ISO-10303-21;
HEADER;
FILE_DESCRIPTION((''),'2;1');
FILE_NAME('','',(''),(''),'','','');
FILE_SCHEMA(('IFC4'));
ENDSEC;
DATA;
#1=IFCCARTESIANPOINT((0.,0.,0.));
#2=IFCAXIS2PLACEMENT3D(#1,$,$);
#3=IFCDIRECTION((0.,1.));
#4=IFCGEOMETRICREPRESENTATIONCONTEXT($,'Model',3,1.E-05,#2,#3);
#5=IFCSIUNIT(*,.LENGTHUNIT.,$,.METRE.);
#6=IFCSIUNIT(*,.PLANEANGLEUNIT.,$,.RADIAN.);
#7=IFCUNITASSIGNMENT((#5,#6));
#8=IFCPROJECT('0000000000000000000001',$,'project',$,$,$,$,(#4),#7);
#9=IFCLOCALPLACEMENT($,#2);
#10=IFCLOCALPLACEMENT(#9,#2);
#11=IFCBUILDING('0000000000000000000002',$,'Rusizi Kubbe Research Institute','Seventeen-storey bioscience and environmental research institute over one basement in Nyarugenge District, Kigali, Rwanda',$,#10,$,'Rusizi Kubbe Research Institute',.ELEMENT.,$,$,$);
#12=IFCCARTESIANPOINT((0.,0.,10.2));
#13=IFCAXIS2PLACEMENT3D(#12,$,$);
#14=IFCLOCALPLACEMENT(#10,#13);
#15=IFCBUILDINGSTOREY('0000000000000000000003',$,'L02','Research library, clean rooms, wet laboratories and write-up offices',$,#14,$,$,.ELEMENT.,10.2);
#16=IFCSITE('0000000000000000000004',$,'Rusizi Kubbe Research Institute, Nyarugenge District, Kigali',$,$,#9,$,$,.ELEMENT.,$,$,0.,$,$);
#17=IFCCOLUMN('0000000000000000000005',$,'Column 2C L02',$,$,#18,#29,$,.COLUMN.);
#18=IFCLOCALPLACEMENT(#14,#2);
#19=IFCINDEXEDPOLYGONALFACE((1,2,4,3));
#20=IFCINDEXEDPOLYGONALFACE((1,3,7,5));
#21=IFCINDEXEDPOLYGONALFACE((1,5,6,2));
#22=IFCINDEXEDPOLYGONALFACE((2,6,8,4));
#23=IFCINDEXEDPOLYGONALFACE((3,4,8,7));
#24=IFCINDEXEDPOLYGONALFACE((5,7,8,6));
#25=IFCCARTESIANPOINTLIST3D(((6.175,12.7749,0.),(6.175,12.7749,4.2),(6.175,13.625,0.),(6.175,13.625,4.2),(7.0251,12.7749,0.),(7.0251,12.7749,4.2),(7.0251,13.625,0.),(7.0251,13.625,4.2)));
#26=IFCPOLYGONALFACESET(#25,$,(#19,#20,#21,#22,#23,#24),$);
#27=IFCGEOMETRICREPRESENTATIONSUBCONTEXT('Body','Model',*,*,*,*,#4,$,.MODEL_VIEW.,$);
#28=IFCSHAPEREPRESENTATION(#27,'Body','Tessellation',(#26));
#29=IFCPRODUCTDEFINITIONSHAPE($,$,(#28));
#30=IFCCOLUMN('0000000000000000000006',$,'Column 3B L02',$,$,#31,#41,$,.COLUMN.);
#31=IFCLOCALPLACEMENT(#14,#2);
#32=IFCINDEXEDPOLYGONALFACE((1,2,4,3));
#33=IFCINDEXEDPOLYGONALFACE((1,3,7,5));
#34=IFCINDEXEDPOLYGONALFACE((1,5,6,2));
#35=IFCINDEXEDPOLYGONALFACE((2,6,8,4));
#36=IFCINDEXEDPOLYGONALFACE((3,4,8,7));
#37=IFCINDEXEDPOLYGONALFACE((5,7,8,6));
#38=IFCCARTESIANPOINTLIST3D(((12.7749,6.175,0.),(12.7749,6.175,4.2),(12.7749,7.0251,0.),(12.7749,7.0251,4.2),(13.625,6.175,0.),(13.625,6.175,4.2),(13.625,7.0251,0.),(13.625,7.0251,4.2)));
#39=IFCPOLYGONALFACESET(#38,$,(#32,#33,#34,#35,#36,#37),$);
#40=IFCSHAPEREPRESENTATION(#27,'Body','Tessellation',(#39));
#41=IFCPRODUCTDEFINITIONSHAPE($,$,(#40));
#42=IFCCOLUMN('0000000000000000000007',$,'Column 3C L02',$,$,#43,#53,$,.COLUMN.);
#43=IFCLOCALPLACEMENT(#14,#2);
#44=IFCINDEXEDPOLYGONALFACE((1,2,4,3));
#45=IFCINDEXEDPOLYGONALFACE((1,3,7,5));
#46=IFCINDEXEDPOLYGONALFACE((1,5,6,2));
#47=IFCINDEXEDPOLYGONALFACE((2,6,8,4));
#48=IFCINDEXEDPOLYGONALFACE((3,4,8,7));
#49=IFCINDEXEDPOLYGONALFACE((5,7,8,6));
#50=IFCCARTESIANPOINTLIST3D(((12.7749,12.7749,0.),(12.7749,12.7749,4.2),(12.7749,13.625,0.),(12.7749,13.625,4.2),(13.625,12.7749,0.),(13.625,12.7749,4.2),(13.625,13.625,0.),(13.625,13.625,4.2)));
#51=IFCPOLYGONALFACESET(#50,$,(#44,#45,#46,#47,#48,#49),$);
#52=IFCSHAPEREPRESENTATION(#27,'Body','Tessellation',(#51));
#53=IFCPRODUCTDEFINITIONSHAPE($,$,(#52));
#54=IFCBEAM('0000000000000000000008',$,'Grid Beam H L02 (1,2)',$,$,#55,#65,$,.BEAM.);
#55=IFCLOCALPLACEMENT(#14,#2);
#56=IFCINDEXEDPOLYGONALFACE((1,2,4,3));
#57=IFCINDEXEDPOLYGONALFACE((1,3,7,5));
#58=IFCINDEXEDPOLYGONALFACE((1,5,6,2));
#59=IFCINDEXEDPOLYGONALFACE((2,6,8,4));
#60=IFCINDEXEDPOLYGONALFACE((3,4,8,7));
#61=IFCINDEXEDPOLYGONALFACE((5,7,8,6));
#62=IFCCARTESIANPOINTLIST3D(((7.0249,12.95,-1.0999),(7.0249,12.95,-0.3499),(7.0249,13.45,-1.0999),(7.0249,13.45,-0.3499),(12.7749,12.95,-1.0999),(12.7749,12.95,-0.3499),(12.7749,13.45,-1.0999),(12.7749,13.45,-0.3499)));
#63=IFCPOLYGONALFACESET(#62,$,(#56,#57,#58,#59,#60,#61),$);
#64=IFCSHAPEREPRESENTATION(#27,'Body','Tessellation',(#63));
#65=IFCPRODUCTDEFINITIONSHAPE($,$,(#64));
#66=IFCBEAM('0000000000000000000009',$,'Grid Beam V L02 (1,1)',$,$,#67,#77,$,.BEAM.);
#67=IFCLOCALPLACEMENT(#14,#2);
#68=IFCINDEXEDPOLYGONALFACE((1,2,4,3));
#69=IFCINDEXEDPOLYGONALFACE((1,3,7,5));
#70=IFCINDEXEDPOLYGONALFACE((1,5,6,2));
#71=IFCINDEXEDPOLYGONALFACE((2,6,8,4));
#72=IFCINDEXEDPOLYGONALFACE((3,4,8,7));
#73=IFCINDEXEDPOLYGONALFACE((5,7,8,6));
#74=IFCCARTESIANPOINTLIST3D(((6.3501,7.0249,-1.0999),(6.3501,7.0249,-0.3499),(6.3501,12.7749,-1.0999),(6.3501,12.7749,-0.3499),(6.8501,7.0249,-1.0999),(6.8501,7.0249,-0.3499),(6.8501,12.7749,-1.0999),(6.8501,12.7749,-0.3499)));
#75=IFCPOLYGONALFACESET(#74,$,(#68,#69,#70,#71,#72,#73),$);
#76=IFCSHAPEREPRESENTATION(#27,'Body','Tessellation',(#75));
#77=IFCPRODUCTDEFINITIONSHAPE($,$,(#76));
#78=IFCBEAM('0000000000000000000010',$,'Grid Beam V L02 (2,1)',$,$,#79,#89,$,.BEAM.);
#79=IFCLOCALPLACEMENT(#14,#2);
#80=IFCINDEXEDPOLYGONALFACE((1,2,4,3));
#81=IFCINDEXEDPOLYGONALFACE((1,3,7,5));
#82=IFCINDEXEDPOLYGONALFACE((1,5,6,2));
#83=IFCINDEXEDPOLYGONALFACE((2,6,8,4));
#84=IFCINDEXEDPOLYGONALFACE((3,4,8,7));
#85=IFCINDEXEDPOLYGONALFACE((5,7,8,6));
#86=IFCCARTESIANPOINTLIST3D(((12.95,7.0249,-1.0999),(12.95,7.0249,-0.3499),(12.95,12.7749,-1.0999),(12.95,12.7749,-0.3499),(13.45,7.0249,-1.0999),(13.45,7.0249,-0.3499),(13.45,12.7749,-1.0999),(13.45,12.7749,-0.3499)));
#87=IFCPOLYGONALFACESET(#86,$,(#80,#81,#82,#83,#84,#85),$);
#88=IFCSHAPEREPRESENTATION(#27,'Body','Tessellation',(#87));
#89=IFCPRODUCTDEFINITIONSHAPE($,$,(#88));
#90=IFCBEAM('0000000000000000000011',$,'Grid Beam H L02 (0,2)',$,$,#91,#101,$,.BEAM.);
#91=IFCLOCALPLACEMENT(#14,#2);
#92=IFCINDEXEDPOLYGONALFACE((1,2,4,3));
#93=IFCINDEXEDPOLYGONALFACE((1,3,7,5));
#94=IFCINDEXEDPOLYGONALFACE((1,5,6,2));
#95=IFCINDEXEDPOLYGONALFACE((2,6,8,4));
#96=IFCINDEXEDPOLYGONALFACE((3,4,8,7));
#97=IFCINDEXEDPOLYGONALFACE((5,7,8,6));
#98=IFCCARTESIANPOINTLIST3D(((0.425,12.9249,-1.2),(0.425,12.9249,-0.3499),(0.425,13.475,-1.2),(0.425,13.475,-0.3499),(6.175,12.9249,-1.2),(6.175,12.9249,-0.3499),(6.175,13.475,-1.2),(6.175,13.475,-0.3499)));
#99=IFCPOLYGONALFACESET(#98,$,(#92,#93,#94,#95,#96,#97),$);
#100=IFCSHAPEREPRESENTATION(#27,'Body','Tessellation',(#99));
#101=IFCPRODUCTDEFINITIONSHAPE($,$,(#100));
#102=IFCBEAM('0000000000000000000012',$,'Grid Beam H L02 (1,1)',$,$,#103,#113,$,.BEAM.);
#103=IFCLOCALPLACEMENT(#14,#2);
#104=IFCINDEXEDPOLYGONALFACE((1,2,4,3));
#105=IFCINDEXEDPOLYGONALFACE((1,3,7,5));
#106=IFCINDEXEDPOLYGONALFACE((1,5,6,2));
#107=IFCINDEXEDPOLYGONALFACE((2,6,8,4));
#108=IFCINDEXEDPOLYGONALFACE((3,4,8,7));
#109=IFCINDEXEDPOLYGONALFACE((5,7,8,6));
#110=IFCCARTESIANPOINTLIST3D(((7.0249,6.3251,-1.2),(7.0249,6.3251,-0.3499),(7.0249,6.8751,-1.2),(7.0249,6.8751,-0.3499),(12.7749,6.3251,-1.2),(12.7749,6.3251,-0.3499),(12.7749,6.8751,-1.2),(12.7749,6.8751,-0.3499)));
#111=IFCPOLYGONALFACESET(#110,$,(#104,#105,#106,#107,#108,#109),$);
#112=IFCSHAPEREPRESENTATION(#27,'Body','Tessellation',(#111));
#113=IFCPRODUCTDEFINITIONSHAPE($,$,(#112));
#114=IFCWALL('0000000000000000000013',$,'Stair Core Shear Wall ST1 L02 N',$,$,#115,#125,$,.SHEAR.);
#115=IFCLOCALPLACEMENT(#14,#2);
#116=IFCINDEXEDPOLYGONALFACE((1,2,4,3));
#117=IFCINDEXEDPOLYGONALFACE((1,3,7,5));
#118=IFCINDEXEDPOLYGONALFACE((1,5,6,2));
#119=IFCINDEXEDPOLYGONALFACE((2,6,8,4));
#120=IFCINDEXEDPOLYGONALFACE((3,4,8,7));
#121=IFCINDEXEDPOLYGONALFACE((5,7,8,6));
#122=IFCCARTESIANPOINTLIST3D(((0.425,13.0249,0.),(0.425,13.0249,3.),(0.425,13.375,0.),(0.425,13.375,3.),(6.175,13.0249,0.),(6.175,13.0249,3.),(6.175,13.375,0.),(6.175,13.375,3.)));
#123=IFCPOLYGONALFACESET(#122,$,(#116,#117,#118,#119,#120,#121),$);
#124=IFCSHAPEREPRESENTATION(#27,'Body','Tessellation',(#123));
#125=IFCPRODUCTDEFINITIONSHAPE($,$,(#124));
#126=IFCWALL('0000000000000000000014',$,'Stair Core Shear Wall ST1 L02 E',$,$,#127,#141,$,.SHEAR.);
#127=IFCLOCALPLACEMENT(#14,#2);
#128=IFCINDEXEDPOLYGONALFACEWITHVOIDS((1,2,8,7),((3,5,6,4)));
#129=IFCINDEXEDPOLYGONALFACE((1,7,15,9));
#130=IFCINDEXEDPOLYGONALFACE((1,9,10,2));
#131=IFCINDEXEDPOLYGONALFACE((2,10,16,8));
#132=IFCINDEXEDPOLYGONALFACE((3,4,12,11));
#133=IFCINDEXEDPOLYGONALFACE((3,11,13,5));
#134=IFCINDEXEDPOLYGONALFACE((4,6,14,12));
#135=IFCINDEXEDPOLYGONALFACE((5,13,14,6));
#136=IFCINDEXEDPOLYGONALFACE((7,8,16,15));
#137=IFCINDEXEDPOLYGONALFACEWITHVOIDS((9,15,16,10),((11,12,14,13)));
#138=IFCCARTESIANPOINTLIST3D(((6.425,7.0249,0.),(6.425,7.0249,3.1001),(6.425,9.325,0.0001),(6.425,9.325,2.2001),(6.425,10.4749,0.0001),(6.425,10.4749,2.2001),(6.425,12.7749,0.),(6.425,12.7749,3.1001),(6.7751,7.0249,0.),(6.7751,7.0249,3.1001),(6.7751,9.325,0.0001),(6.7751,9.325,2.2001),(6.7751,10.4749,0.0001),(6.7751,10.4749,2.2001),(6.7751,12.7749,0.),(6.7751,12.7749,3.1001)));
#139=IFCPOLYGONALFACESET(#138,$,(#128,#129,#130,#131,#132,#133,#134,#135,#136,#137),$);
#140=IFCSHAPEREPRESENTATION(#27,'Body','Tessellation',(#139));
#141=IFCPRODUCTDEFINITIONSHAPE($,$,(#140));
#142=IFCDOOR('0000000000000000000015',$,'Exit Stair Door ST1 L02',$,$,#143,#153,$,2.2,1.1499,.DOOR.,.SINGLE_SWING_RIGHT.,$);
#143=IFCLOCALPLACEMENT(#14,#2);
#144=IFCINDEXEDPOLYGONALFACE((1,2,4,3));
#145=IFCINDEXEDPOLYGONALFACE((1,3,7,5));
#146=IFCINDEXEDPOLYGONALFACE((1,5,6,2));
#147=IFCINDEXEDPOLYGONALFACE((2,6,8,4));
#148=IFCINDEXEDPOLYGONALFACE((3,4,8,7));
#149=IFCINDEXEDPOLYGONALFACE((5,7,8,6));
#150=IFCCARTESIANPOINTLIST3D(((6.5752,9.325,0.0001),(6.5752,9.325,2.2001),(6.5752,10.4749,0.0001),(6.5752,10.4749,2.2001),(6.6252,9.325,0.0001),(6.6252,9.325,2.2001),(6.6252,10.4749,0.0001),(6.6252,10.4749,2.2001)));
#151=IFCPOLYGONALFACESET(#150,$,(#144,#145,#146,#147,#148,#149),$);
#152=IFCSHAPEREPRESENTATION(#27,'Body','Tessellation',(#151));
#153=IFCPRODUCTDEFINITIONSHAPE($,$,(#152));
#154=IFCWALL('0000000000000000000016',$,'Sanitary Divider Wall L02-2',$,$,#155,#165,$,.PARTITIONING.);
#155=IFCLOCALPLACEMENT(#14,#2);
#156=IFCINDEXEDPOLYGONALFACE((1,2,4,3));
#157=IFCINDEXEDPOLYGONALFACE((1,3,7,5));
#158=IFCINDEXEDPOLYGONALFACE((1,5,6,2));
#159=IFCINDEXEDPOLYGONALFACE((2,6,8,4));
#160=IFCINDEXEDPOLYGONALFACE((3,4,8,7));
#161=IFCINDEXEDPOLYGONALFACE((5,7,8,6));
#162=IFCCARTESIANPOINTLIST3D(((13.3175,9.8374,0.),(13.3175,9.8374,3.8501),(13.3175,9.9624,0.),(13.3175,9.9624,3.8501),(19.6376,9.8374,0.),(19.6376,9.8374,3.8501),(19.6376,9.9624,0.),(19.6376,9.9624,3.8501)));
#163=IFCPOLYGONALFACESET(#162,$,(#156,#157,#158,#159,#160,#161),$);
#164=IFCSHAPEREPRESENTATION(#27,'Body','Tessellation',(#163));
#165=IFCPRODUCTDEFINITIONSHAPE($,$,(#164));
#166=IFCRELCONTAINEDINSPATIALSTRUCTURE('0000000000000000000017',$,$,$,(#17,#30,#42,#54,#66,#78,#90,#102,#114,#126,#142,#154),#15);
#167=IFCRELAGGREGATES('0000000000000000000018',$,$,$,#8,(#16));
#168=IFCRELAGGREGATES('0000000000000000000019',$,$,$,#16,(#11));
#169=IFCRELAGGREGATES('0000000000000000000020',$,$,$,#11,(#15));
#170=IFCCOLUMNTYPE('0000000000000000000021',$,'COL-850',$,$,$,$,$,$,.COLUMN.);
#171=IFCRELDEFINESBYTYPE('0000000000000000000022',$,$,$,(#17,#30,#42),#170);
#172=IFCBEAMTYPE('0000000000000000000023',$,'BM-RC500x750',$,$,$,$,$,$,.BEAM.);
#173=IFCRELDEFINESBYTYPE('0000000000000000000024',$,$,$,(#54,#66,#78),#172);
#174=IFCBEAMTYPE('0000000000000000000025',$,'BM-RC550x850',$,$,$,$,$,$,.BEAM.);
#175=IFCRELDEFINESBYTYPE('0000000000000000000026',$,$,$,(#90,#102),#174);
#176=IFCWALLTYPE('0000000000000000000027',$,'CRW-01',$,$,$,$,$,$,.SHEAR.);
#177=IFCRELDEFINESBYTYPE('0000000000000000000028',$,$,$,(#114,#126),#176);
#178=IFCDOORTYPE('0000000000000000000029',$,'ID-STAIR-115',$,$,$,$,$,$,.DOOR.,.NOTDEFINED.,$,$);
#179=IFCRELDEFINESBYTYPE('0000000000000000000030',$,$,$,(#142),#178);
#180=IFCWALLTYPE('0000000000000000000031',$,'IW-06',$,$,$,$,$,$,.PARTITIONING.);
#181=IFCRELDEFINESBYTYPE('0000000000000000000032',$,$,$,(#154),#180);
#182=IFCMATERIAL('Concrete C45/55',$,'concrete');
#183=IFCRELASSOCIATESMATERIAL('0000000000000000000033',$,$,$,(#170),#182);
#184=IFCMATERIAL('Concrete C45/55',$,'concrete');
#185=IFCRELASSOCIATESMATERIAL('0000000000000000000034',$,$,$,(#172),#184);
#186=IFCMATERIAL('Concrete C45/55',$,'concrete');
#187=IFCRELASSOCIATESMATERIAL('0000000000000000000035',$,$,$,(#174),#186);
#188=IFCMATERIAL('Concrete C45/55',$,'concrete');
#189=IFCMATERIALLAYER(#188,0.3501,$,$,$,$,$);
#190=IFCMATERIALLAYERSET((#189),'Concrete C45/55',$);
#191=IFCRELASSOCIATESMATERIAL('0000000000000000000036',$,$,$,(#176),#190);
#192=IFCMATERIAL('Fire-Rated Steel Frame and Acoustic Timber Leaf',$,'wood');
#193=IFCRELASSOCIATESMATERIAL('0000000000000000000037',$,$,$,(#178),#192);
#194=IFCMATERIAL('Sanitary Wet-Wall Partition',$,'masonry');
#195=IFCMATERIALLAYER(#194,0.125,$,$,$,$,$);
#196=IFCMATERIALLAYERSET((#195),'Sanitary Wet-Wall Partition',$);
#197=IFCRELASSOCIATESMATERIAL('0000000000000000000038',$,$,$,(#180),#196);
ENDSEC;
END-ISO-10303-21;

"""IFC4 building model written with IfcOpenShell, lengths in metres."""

from ifc_helpers import new_model, si_unit, direction, frame, frame_2d, origin, origin_2d, place, context, subcontext, project, spatial, rectangle, extrude, material, layer, layer_set, material_profile, profile_set, type_object, element, fill, save


model = new_model("IFC4")

# Units and contexts
model_context = context("Model", 3, precision=1e-05, world=origin(), true_north=direction((0.0, 1.0)))
body_context = subcontext(model_context, "Body", "Model", "MODEL_VIEW")
ifc_project = project(units=[si_unit("LENGTHUNIT", "METRE"), si_unit("PLANEANGLEUNIT", "RADIAN")], contexts=[model_context])

# Site, building, storey
site_placement = place(None, origin())
site = spatial("IfcSite", under=ifc_project, at=site_placement, Name="Rusizi Kubbe Research Institute, Nyarugenge District, Kigali", CompositionType="ELEMENT", RefElevation=0.0)
building_placement = place(site_placement, origin())
building = spatial("IfcBuilding", under=site, at=building_placement, Name="Rusizi Kubbe Research Institute", Description="Seventeen-storey bioscience and environmental research institute over one basement in Nyarugenge District, Kigali, Rwanda", LongName="Rusizi Kubbe Research Institute", CompositionType="ELEMENT")
storey_placement = place(building_placement, frame((0.0, 0.0, 10.2)))
storey = spatial("IfcBuildingStorey", under=building, at=storey_placement, Name="L02", Description="Research library, clean rooms, wet laboratories and write-up offices", CompositionType="ELEMENT", Elevation=10.2)

# Columns
ifc_material_1 = material(Name="Concrete C45/55", Category="concrete")
ifc_material_profile_1 = material_profile(ifc_material_1, rectangle(XDim=0.8501, YDim=0.8501, at=origin_2d()), Name="RC850x850")
ifc_profile_set_1 = profile_set([ifc_material_profile_1], Name="Concrete C45/55")
column_type = type_object("IfcColumnType", Name="COL-850", PredefinedType="COLUMN", material=ifc_profile_set_1)
for number, where, z_axis, x_axis, name in (
    (1, (6.6001, 13.2, 0.0), (0.0, 0.0, 1.0), (1.0, 0.0, 0.0), "Column 2C L02"),
    (2, (13.2, 6.6001, 0.0), (0.0, 0.0, 1.0), (1.0, 0.0, 0.0), "Column 3B L02"),
    (3, (13.2, 13.2, 0.0), (0.0, 0.0, 1.0), (1.0, 0.0, 0.0), "Column 3C L02"),
):
    element("IfcColumn", number, at=place(storey_placement, frame(where, z_axis=z_axis, x_axis=x_axis)), inside=storey, type_object=column_type, Name=name, PredefinedType="COLUMN", context=body_context, shape_type="SweptSolid", body=[
        extrude(rectangle(XDim=0.8501, YDim=0.8501, at=origin_2d()), origin(), (0.0, 0.0, 1.0), 4.2),
    ])

# Beams
ifc_material_2 = material(Name="Concrete C45/55", Category="concrete")
ifc_material_profile_2 = material_profile(ifc_material_2, rectangle(XDim=0.5, YDim=0.75, at=origin_2d()), Name="RC500x750B")
ifc_profile_set_2 = profile_set([ifc_material_profile_2], Name="Concrete C45/55")
beam_type_1 = type_object("IfcBeamType", Name="BM-RC500x750", PredefinedType="BEAM", material=ifc_profile_set_2)
for number, where, z_axis, x_axis, name in (
    (4, (7.0249, 13.2, -0.7249), (1.0, 0.0, 0.0), (0.0, 1.0, 0.0), "Grid Beam H L02 (1,2)"),
    (5, (6.6001, 7.0249, -0.7249), (0.0, 1.0, 0.0), (-1.0, 0.0, 0.0), "Grid Beam V L02 (1,1)"),
    (6, (13.2, 7.0249, -0.7249), (0.0, 1.0, 0.0), (-1.0, 0.0, 0.0), "Grid Beam V L02 (2,1)"),
):
    element("IfcBeam", number, at=place(storey_placement, frame(where, z_axis=z_axis, x_axis=x_axis)), inside=storey, type_object=beam_type_1, Name=name, PredefinedType="BEAM", context=body_context, shape_type="SweptSolid", body=[
        extrude(rectangle(XDim=0.5, YDim=0.75, at=origin_2d()), origin(), (0.0, 0.0, 1.0), 5.75),
    ])
ifc_material_3 = material(Name="Concrete C45/55", Category="concrete")
ifc_material_profile_3 = material_profile(ifc_material_3, rectangle(XDim=0.55, YDim=0.8501, at=origin_2d()), Name="RC550x850")
ifc_profile_set_3 = profile_set([ifc_material_profile_3], Name="Concrete C45/55")
beam_type_2 = type_object("IfcBeamType", Name="BM-RC550x850", PredefinedType="BEAM", material=ifc_profile_set_3)
for number, where, z_axis, x_axis, name in (
    (7, (0.425, 13.2, -0.7749), (1.0, 0.0, 0.0), (0.0, 1.0, 0.0), "Grid Beam H L02 (0,2)"),
    (8, (7.0249, 6.6001, -0.7749), (1.0, 0.0, 0.0), (0.0, 1.0, 0.0), "Grid Beam H L02 (1,1)"),
):
    element("IfcBeam", number, at=place(storey_placement, frame(where, z_axis=z_axis, x_axis=x_axis)), inside=storey, type_object=beam_type_2, Name=name, PredefinedType="BEAM", context=body_context, shape_type="SweptSolid", body=[
        extrude(rectangle(XDim=0.55, YDim=0.8501, at=origin_2d()), origin(), (0.0, 0.0, 1.0), 5.75),
    ])

# Wall
ifc_material_4 = material(Name="Concrete C45/55", Category="concrete")
ifc_layer_1 = layer(ifc_material_4, 0.3501)
ifc_layer_set_1 = layer_set([ifc_layer_1], Name="Concrete C45/55")
wall_type_1 = type_object("IfcWallType", Name="CRW-01", PredefinedType="SHEAR", material=ifc_layer_set_1)
wall_1_placement = place(storey_placement, frame((0.425, 13.2, 0.0), z_axis=(0.0, 0.0, 1.0), x_axis=(1.0, 0.0, 0.0)))
element("IfcWall", 9, at=wall_1_placement, inside=storey, type_object=wall_type_1, Name="Stair Core Shear Wall ST1 L02 N", PredefinedType="SHEAR", context=body_context, shape_type="SweptSolid", body=[
    extrude(rectangle(XDim=5.75, YDim=0.3501, at=frame_2d((2.875, 0.0))), origin(), (0.0, 0.0, 1.0), 3.0),
])

# Wall, opening, door
wall_2_placement = place(storey_placement, frame((6.6001, 7.0249, 0.0), z_axis=(0.0, 0.0, 1.0), x_axis=(0.0, 1.0, 0.0)))
wall_2 = element("IfcWall", 10, at=wall_2_placement, inside=storey, type_object=wall_type_1, Name="Stair Core Shear Wall ST1 L02 E", PredefinedType="SHEAR", context=body_context, shape_type="SweptSolid", body=[
    extrude(rectangle(XDim=5.75, YDim=0.3501, at=frame_2d((2.875, 0.0))), origin(), (0.0, 0.0, 1.0), 3.1001),
])
opening_1_placement = place(wall_2_placement, frame((2.3, 0.0, 0.0)))
opening_1 = element("IfcOpeningElement", 11, at=opening_1_placement, cuts=wall_2, PredefinedType="OPENING", context=body_context, shape_type="SweptSolid", body=[
    extrude(rectangle(XDim=1.1499, YDim=2.2, at=frame_2d((0.575, 1.1001))), frame((0.0, 0.1851, 0.0), z_axis=(0.0, -1.0, 0.0), x_axis=(1.0, 0.0, 0.0)), (0.0, 0.0, 1.0), 0.3701),
])
ifc_material_5 = material(Name="Fire-Rated Steel Frame and Acoustic Timber Leaf", Category="wood")
door_type_1 = type_object("IfcDoorType", Name="ID-STAIR-115", OperationType="NOTDEFINED", PredefinedType="DOOR", material=ifc_material_5)
door_1_placement = place(opening_1_placement, origin())
door_1 = element("IfcDoor", 12, at=door_1_placement, inside=storey, type_object=door_type_1, Name="Exit Stair Door ST1 L02", OperationType="SINGLE_SWING_RIGHT", OverallHeight=2.2, OverallWidth=1.1499, PredefinedType="DOOR", context=body_context, shape_type="SweptSolid", body=[
    extrude(rectangle(XDim=1.1499, YDim=2.2, at=frame_2d((0.575, 1.1001))), frame((0.0, 0.0249, 0.0), z_axis=(0.0, -1.0, 0.0), x_axis=(1.0, 0.0, 0.0)), (0.0, 0.0, 1.0), 0.05),
])
fill(opening_1, door_1)

# Wall
ifc_material_6 = material(Name="Sanitary Wet-Wall Partition", Category="masonry")
ifc_layer_2 = layer(ifc_material_6, 0.125)
ifc_layer_set_2 = layer_set([ifc_layer_2], Name="Sanitary Wet-Wall Partition")
wall_type_2 = type_object("IfcWallType", Name="IW-06", PredefinedType="PARTITIONING", material=ifc_layer_set_2)
wall_3_placement = place(storey_placement, frame((13.3174, 9.8999, 0.0), z_axis=(0.0, 0.0, 1.0), x_axis=(1.0, 0.0, 0.0)))
element("IfcWall", 13, at=wall_3_placement, inside=storey, type_object=wall_type_2, Name="Sanitary Divider Wall L02-2", PredefinedType="PARTITIONING", context=body_context, shape_type="SweptSolid", body=[
    extrude(rectangle(XDim=6.3201, YDim=0.125, at=frame_2d((3.1602, 0.0))), origin(), (0.0, 0.0, 1.0), 3.8501),
])

save(model, "model.ifc")
